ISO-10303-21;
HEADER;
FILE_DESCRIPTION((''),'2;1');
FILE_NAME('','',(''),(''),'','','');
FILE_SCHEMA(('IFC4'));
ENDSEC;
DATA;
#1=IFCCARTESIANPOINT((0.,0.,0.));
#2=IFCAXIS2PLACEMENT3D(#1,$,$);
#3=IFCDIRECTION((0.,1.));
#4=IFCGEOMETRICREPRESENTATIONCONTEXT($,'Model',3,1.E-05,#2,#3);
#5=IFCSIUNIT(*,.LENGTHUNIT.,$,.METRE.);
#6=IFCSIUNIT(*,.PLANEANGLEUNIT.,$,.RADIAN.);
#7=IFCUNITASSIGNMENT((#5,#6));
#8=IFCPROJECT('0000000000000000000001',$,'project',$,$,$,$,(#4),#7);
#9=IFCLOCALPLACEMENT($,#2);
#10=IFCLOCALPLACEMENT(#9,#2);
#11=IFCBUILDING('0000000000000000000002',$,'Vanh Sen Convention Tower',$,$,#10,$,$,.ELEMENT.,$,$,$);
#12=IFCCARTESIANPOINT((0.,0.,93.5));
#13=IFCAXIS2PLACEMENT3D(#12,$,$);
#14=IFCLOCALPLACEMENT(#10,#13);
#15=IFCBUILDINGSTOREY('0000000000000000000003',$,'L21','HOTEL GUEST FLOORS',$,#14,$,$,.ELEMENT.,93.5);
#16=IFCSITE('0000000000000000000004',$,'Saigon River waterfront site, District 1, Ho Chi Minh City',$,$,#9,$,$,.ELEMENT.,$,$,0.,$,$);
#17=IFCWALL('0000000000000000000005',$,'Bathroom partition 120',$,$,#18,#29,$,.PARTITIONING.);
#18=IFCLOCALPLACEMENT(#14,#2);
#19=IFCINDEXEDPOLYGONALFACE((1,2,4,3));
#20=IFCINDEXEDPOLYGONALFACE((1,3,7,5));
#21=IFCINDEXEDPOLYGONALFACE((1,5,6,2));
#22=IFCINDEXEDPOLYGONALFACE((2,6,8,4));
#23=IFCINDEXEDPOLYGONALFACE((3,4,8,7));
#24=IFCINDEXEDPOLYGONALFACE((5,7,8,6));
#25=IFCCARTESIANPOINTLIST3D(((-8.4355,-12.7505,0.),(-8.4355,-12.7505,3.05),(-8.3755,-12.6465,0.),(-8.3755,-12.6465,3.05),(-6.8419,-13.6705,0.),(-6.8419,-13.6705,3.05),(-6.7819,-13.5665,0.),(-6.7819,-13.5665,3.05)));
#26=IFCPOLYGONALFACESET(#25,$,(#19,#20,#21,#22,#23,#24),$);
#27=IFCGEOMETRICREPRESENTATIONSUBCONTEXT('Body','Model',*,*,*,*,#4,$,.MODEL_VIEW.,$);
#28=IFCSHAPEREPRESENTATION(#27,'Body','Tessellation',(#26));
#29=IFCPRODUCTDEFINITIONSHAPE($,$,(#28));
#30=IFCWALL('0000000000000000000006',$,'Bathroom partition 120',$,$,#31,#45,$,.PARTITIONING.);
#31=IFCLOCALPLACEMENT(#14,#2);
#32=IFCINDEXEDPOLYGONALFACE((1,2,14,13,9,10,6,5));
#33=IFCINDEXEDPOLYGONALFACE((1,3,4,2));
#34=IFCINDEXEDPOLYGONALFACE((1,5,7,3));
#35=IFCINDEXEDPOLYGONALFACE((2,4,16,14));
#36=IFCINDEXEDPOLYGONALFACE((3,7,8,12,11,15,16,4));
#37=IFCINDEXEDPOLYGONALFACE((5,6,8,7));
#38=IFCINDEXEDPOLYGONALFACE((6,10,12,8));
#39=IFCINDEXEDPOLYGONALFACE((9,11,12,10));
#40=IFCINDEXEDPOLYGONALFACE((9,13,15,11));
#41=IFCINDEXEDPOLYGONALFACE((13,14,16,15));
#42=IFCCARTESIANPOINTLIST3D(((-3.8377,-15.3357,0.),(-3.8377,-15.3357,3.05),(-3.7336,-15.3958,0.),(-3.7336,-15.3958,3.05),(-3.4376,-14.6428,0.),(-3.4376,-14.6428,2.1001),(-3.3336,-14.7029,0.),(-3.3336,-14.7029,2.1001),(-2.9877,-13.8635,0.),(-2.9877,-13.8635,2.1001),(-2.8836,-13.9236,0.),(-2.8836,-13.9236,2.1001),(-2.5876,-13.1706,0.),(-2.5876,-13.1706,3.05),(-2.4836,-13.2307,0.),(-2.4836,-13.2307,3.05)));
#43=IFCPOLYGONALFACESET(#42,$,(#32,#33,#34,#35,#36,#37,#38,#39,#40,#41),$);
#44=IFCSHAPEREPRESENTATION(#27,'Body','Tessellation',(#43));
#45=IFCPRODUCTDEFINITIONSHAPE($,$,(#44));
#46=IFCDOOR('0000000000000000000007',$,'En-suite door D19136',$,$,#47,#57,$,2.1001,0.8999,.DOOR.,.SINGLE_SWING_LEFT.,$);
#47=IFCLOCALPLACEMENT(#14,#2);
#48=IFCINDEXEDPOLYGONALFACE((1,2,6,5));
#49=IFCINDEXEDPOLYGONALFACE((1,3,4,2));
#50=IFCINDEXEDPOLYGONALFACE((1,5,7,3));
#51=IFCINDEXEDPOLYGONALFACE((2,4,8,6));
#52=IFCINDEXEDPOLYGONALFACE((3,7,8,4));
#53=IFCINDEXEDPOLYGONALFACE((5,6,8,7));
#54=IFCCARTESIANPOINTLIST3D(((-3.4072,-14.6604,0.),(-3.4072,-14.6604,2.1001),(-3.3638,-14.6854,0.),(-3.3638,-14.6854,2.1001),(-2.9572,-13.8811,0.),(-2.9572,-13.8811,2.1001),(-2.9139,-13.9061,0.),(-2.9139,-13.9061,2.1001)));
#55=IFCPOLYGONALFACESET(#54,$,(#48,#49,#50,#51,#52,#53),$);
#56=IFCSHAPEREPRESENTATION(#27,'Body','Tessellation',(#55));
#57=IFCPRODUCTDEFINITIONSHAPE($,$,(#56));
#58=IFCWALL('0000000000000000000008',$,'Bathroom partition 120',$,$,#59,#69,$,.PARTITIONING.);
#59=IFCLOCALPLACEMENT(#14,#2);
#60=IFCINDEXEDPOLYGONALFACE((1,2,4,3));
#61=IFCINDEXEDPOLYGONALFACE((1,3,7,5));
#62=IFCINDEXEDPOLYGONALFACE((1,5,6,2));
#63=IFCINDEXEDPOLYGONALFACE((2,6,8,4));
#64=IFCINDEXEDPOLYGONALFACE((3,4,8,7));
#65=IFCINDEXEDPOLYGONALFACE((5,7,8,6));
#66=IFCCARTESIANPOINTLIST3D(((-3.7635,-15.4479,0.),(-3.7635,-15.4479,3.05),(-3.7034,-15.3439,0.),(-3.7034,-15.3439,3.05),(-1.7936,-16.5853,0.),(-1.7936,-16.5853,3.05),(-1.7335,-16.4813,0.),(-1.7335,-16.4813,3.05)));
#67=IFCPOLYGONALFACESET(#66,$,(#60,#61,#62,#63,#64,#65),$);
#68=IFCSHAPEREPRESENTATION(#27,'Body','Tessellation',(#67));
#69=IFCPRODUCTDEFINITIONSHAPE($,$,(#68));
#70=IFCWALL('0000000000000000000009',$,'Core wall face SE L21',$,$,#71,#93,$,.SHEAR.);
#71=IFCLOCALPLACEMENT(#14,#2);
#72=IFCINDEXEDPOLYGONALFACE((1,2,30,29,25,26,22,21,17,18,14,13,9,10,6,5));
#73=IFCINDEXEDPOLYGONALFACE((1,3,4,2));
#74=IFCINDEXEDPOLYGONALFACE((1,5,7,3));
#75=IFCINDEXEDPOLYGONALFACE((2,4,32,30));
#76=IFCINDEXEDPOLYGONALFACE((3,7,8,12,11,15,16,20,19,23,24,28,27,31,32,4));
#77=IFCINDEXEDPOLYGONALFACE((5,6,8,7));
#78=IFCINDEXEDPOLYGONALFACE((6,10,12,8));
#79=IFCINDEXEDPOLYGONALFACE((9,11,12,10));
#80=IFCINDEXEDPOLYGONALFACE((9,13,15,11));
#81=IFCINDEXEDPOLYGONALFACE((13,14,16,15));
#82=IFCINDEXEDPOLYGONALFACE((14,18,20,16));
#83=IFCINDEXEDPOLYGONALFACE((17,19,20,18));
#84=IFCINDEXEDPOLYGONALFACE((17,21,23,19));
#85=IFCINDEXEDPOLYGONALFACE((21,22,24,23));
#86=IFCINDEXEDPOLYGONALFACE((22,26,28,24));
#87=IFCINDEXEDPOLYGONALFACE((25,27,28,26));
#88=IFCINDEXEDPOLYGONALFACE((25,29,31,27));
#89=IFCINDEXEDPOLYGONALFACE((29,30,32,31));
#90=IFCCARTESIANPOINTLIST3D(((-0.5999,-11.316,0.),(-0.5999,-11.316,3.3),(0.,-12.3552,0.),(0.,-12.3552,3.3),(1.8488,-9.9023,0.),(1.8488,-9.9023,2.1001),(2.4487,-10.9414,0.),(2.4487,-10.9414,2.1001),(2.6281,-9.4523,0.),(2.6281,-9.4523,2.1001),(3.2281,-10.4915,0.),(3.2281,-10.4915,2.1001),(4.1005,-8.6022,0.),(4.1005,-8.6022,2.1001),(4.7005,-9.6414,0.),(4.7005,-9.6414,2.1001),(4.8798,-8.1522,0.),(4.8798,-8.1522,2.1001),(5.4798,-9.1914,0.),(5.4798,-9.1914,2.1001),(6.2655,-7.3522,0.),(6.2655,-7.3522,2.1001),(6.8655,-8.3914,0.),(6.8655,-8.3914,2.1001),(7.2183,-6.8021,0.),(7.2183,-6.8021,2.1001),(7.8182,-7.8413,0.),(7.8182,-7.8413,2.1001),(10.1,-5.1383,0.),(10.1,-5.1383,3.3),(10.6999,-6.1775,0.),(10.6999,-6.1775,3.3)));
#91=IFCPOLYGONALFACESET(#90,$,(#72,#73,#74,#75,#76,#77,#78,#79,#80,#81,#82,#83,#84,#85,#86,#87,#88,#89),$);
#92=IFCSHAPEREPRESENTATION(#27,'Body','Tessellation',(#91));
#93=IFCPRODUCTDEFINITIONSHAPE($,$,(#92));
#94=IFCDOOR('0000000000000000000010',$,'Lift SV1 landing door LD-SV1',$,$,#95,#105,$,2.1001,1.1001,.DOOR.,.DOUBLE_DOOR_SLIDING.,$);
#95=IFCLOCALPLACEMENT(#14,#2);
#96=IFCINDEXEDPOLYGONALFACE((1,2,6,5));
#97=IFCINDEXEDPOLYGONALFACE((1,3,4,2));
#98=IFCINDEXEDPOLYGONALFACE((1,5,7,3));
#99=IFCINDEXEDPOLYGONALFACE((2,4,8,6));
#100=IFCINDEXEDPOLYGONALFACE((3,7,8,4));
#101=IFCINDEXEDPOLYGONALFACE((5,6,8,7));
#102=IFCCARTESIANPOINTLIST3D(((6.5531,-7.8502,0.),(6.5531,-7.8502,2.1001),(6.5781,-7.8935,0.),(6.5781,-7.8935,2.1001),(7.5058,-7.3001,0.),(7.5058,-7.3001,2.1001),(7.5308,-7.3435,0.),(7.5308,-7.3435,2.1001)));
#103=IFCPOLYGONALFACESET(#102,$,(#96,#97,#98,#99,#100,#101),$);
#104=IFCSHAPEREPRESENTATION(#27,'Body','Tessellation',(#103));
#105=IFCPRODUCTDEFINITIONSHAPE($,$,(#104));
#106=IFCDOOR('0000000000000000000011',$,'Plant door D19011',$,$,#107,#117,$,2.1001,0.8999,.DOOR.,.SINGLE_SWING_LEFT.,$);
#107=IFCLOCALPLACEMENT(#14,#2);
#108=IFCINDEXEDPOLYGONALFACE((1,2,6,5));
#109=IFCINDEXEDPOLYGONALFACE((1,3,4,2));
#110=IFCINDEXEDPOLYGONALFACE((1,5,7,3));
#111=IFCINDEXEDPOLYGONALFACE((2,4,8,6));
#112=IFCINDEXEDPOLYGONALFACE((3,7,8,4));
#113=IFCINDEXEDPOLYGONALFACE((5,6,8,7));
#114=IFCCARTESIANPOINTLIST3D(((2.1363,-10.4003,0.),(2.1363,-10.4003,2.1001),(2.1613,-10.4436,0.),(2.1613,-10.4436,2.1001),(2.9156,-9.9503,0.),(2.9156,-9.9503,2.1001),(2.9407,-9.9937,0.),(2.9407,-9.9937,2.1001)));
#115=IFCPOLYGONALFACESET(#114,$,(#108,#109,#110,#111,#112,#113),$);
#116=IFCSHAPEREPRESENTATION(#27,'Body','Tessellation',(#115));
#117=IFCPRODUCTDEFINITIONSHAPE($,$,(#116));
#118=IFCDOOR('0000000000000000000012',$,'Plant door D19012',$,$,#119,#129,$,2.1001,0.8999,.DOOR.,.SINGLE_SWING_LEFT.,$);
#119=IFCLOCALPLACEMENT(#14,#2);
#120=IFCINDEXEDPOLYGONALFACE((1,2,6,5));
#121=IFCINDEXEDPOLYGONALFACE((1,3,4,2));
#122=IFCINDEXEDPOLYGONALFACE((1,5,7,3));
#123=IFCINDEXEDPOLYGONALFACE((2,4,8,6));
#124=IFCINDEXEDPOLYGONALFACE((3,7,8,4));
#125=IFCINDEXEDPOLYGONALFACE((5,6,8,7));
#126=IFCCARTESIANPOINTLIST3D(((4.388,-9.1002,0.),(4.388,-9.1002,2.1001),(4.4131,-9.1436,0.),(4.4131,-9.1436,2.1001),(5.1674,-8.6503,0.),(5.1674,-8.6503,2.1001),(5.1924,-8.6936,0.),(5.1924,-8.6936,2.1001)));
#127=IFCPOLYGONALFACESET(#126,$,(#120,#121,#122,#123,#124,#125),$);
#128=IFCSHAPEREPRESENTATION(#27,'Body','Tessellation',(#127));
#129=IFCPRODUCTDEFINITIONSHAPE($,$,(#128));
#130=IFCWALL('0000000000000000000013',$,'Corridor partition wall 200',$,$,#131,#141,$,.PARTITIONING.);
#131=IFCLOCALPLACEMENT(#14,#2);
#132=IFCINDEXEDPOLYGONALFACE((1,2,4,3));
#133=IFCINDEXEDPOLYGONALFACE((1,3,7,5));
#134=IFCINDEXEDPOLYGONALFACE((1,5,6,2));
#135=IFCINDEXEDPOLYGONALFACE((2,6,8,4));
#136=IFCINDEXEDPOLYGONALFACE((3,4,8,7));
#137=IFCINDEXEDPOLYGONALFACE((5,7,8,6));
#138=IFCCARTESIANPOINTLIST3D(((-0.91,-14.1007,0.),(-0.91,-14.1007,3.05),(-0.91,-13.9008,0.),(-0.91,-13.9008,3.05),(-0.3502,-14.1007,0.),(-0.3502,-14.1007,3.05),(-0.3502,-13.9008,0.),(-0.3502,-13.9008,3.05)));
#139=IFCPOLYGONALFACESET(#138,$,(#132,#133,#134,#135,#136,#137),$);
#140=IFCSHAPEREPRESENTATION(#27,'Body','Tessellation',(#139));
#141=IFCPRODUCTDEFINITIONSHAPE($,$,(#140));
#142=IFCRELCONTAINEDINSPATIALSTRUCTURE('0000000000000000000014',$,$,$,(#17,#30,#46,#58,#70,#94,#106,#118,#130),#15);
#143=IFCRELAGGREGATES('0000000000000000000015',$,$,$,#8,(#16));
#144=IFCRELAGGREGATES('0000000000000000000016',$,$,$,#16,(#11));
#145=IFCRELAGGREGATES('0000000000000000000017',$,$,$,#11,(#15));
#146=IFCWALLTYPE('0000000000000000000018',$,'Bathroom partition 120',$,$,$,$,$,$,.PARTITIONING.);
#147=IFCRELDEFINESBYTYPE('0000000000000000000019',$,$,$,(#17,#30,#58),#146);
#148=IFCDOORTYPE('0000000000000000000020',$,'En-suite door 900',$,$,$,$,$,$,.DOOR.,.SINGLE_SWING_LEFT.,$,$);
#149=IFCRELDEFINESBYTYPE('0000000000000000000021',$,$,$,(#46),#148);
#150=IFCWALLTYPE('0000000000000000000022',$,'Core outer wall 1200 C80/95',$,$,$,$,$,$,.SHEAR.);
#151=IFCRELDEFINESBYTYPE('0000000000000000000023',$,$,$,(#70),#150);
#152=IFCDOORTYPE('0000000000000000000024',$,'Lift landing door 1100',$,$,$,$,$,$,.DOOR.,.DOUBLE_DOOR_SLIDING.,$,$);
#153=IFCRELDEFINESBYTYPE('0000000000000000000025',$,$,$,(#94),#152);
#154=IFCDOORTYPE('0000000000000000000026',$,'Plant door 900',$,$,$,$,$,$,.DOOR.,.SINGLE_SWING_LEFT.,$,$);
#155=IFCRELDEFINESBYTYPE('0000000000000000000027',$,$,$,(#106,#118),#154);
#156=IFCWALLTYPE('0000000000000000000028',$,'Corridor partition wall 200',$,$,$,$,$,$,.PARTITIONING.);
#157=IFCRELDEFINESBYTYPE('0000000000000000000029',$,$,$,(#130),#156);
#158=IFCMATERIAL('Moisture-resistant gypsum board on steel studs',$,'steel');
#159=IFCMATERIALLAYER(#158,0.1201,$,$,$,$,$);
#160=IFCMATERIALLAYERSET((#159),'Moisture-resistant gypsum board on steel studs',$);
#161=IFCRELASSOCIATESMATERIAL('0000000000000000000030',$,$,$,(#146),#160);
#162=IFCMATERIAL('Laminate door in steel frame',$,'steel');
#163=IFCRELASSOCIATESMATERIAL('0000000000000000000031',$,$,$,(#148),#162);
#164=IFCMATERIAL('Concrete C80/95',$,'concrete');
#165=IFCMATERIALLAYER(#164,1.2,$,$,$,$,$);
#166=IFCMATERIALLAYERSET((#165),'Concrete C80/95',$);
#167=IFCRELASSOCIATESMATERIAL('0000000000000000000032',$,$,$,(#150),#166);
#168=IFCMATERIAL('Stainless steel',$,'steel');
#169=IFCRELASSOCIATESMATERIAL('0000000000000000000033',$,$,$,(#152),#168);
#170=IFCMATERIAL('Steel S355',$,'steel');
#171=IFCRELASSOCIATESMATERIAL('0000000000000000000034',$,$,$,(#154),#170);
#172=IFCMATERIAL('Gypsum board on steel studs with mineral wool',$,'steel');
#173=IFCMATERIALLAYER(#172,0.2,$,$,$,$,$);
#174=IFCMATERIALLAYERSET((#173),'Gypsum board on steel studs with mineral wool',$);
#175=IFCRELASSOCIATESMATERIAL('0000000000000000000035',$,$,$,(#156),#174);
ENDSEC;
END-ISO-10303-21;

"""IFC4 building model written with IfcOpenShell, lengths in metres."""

from ifc_helpers import new_model, si_unit, direction, frame, frame_2d, origin, place, context, subcontext, project, spatial, rectangle, extrude, material, layer, layer_set, type_object, element, fill, save


model = new_model("IFC4")

# Units and contexts
model_context = context("Model", 3, precision=1e-05, world=origin(), true_north=direction((0.0, 1.0)))
body_context = subcontext(model_context, "Body", "Model", "MODEL_VIEW")
ifc_project = project(units=[si_unit("LENGTHUNIT", "METRE"), si_unit("PLANEANGLEUNIT", "RADIAN")], contexts=[model_context])

# Site, building, storey
site_placement = place(None, origin())
site = spatial("IfcSite", under=ifc_project, at=site_placement, Name="Saigon River waterfront site, District 1, Ho Chi Minh City", CompositionType="ELEMENT", RefElevation=0.0)
building_placement = place(site_placement, origin())
building = spatial("IfcBuilding", under=site, at=building_placement, Name="Vanh Sen Convention Tower", CompositionType="ELEMENT")
storey_placement = place(building_placement, frame((0.0, 0.0, 93.5)))
storey = spatial("IfcBuildingStorey", under=building, at=storey_placement, Name="L21", Description="HOTEL GUEST FLOORS", CompositionType="ELEMENT", Elevation=93.5)

# Shared definitions
ifc_material_1 = material(Name="Concrete C80/95", Category="concrete")

# Wall
ifc_material_2 = material(Name="Moisture-resistant gypsum board on steel studs", Category="steel")
ifc_layer_1 = layer(ifc_material_2, 0.1201)
ifc_layer_set_1 = layer_set([ifc_layer_1], Name="Moisture-resistant gypsum board on steel studs")
wall_type_1 = type_object("IfcWallType", Name="Bathroom partition 120", PredefinedType="PARTITIONING", material=ifc_layer_set_1)
for number, where, z_axis, x_axis, name in (
    (1, (-6.812, -13.6184, 0.0), (0.0, 0.0, 1.0), (-0.866046, 0.499964, 0.0), "Bathroom partition 120"),
):
    element("IfcWall", number, at=place(storey_placement, frame(where, z_axis=z_axis, x_axis=x_axis)), inside=storey, type_object=wall_type_1, Name=name, PredefinedType="PARTITIONING", context=body_context, shape_type="SweptSolid", body=[
        extrude(rectangle(XDim=1.8401, YDim=0.1201, at=frame_2d((0.9199, 0.0))), origin(), (0.0, 0.0, 1.0), 3.05),
    ])

# Wall, opening, door
wall_1_placement = place(storey_placement, frame((-3.7856, -15.3657, 0.0), z_axis=(0.0, 0.0, 1.0), x_axis=(0.500004, 0.866023, 0.0)))
wall_1 = element("IfcWall", 2, at=wall_1_placement, inside=storey, type_object=wall_type_1, Name="Bathroom partition 120", PredefinedType="PARTITIONING", context=body_context, shape_type="SweptSolid", body=[
    extrude(rectangle(XDim=2.5, YDim=0.1201, at=frame_2d((1.25, 0.0))), origin(), (0.0, 0.0, 1.0), 3.05),
])
opening_1_placement = place(wall_1_placement, frame((0.8, 0.0, 0.0)))
opening_1 = element("IfcOpeningElement", 3, at=opening_1_placement, cuts=wall_1, PredefinedType="OPENING", context=body_context, shape_type="SweptSolid", body=[
    extrude(rectangle(XDim=0.8999, YDim=2.1001, at=frame_2d((0.45, 1.05))), frame((0.0, 0.0701, 0.0), z_axis=(0.0, -1.0, 0.0), x_axis=(1.0, 0.0, 0.0)), (0.0, 0.0, 1.0), 0.1401),
])
ifc_material_3 = material(Name="Laminate door in steel frame", Category="steel")
door_type_1 = type_object("IfcDoorType", Name="En-suite door 900", OperationType="SINGLE_SWING_LEFT", PredefinedType="DOOR", material=ifc_material_3)
door_1_placement = place(opening_1_placement, origin())
door_1 = element("IfcDoor", 4, at=door_1_placement, inside=storey, type_object=door_type_1, Name="En-suite door D19136", OperationType="SINGLE_SWING_LEFT", OverallHeight=2.1001, OverallWidth=0.8999, PredefinedType="DOOR", context=body_context, shape_type="SweptSolid", body=[
    extrude(rectangle(XDim=0.8999, YDim=2.1001, at=frame_2d((0.45, 1.05))), frame((0.0, 0.0249, 0.0), z_axis=(0.0, -1.0, 0.0), x_axis=(1.0, 0.0, 0.0)), (0.0, 0.0, 1.0), 0.05),
])
fill(opening_1, door_1)

# Wall
wall_2_placement = place(storey_placement, frame((-1.7637, -16.5332, 0.0), z_axis=(0.0, 0.0, 1.0), x_axis=(-0.866009, 0.500029, 0.0)))
element("IfcWall", 5, at=wall_2_placement, inside=storey, type_object=wall_type_1, Name="Bathroom partition 120", PredefinedType="PARTITIONING", context=body_context, shape_type="SweptSolid", body=[
    extrude(rectangle(XDim=2.2747, YDim=0.1201, at=frame_2d((1.1372, 0.0))), origin(), (0.0, 0.0, 1.0), 3.05),
])

# Wall, openings, doors
ifc_layer_2 = layer(ifc_material_1, 1.2)
ifc_layer_set_2 = layer_set([ifc_layer_2], Name="Concrete C80/95")
wall_type_2 = type_object("IfcWallType", Name="Core outer wall 1200 C80/95", PredefinedType="SHEAR", material=ifc_layer_set_2)
wall_3_placement = place(storey_placement, frame((-0.3, -11.8357, 0.0), z_axis=(0.0, 0.0, 1.0), x_axis=(0.866021, 0.500007, 0.0)))
wall_3 = element("IfcWall", 6, at=wall_3_placement, inside=storey, type_object=wall_type_2, Name="Core wall face SE L21", PredefinedType="SHEAR", context=body_context, shape_type="SweptSolid", body=[
    extrude(rectangle(XDim=12.3552, YDim=1.2, at=frame_2d((6.1777, 0.0))), origin(), (0.0, 0.0, 1.0), 3.3),
])
opening_2_placement = place(wall_3_placement, frame((2.8276, 0.0, 0.0)))
opening_2 = element("IfcOpeningElement", 7, at=opening_2_placement, cuts=wall_3, PredefinedType="OPENING", context=body_context, shape_type="SweptSolid", body=[
    extrude(rectangle(XDim=0.8999, YDim=2.1001, at=frame_2d((0.45, 1.05))), frame((0.0, 0.6099, 0.0), z_axis=(0.0, -1.0, 0.0), x_axis=(1.0, 0.0, 0.0)), (0.0, 0.0, 1.0), 1.22),
])
opening_3_placement = place(wall_3_placement, frame((5.4277, 0.0, 0.0)))
opening_3 = element("IfcOpeningElement", 8, at=opening_3_placement, cuts=wall_3, PredefinedType="OPENING", context=body_context, shape_type="SweptSolid", body=[
    extrude(rectangle(XDim=0.8999, YDim=2.1001, at=frame_2d((0.45, 1.05))), frame((0.0, 0.6099, 0.0), z_axis=(0.0, -1.0, 0.0), x_axis=(1.0, 0.0, 0.0)), (0.0, 0.0, 1.0), 1.22),
])
opening_4_placement = place(wall_3_placement, frame((7.9277, 0.0, 0.0)))
opening_4 = element("IfcOpeningElement", 9, at=opening_4_placement, cuts=wall_3, PredefinedType="OPENING", context=body_context, shape_type="SweptSolid", body=[
    extrude(rectangle(XDim=1.1001, YDim=2.1001, at=frame_2d((0.55, 1.05))), frame((0.0, 0.6099, 0.0), z_axis=(0.0, -1.0, 0.0), x_axis=(1.0, 0.0, 0.0)), (0.0, 0.0, 1.0), 1.22),
])
ifc_material_4 = material(Name="Stainless steel", Category="steel")
door_type_2 = type_object("IfcDoorType", Name="Lift landing door 1100", OperationType="DOUBLE_DOOR_SLIDING", PredefinedType="DOOR", material=ifc_material_4)
door_2_placement = place(opening_4_placement, origin())
door_2 = element("IfcDoor", 10, at=door_2_placement, inside=storey, type_object=door_type_2, Name="Lift SV1 landing door LD-SV1", OperationType="DOUBLE_DOOR_SLIDING", OverallHeight=2.1001, OverallWidth=1.1001, PredefinedType="DOOR", context=body_context, shape_type="SweptSolid", body=[
    extrude(rectangle(XDim=1.1001, YDim=2.1001, at=frame_2d((0.55, 1.05))), frame((0.0, 0.0249, 0.0), z_axis=(0.0, -1.0, 0.0), x_axis=(1.0, 0.0, 0.0)), (0.0, 0.0, 1.0), 0.05),
])
fill(opening_4, door_2)
ifc_material_5 = material(Name="Steel S355", Category="steel")
door_type_3 = type_object("IfcDoorType", Name="Plant door 900", OperationType="SINGLE_SWING_LEFT", PredefinedType="DOOR", material=ifc_material_5)
door_3_placement = place(opening_2_placement, origin())
door_3 = element("IfcDoor", 11, at=door_3_placement, inside=storey, type_object=door_type_3, Name="Plant door D19011", OperationType="SINGLE_SWING_LEFT", OverallHeight=2.1001, OverallWidth=0.8999, PredefinedType="DOOR", context=body_context, shape_type="SweptSolid", body=[
    extrude(rectangle(XDim=0.8999, YDim=2.1001, at=frame_2d((0.45, 1.05))), frame((0.0, 0.0249, 0.0), z_axis=(0.0, -1.0, 0.0), x_axis=(1.0, 0.0, 0.0)), (0.0, 0.0, 1.0), 0.05),
])
fill(opening_2, door_3)
door_4_placement = place(opening_3_placement, origin())
door_4 = element("IfcDoor", 12, at=door_4_placement, inside=storey, type_object=door_type_3, Name="Plant door D19012", OperationType="SINGLE_SWING_LEFT", OverallHeight=2.1001, OverallWidth=0.8999, PredefinedType="DOOR", context=body_context, shape_type="SweptSolid", body=[
    extrude(rectangle(XDim=0.8999, YDim=2.1001, at=frame_2d((0.45, 1.05))), frame((0.0, 0.0249, 0.0), z_axis=(0.0, -1.0, 0.0), x_axis=(1.0, 0.0, 0.0)), (0.0, 0.0, 1.0), 0.05),
])
fill(opening_3, door_4)

# Wall
ifc_material_6 = material(Name="Gypsum board on steel studs with mineral wool", Category="steel")
ifc_layer_3 = layer(ifc_material_6, 0.2)
ifc_layer_set_3 = layer_set([ifc_layer_3], Name="Gypsum board on steel studs with mineral wool")
wall_type_3 = type_object("IfcWallType", Name="Corridor partition wall 200", PredefinedType="PARTITIONING", material=ifc_layer_set_3)
wall_4_placement = place(storey_placement, frame((-0.9099, -14.0007, 0.0), z_axis=(0.0, 0.0, 1.0), x_axis=(1.0, 0.0, 0.0)))
element("IfcWall", 13, at=wall_4_placement, inside=storey, type_object=wall_type_3, Name="Corridor partition wall 200", PredefinedType="PARTITIONING", context=body_context, shape_type="SweptSolid", body=[
    extrude(rectangle(XDim=0.5598, YDim=0.2, at=frame_2d((0.2798, 0.0))), origin(), (0.0, 0.0, 1.0), 3.05),
])

save(model, "model.ifc")
